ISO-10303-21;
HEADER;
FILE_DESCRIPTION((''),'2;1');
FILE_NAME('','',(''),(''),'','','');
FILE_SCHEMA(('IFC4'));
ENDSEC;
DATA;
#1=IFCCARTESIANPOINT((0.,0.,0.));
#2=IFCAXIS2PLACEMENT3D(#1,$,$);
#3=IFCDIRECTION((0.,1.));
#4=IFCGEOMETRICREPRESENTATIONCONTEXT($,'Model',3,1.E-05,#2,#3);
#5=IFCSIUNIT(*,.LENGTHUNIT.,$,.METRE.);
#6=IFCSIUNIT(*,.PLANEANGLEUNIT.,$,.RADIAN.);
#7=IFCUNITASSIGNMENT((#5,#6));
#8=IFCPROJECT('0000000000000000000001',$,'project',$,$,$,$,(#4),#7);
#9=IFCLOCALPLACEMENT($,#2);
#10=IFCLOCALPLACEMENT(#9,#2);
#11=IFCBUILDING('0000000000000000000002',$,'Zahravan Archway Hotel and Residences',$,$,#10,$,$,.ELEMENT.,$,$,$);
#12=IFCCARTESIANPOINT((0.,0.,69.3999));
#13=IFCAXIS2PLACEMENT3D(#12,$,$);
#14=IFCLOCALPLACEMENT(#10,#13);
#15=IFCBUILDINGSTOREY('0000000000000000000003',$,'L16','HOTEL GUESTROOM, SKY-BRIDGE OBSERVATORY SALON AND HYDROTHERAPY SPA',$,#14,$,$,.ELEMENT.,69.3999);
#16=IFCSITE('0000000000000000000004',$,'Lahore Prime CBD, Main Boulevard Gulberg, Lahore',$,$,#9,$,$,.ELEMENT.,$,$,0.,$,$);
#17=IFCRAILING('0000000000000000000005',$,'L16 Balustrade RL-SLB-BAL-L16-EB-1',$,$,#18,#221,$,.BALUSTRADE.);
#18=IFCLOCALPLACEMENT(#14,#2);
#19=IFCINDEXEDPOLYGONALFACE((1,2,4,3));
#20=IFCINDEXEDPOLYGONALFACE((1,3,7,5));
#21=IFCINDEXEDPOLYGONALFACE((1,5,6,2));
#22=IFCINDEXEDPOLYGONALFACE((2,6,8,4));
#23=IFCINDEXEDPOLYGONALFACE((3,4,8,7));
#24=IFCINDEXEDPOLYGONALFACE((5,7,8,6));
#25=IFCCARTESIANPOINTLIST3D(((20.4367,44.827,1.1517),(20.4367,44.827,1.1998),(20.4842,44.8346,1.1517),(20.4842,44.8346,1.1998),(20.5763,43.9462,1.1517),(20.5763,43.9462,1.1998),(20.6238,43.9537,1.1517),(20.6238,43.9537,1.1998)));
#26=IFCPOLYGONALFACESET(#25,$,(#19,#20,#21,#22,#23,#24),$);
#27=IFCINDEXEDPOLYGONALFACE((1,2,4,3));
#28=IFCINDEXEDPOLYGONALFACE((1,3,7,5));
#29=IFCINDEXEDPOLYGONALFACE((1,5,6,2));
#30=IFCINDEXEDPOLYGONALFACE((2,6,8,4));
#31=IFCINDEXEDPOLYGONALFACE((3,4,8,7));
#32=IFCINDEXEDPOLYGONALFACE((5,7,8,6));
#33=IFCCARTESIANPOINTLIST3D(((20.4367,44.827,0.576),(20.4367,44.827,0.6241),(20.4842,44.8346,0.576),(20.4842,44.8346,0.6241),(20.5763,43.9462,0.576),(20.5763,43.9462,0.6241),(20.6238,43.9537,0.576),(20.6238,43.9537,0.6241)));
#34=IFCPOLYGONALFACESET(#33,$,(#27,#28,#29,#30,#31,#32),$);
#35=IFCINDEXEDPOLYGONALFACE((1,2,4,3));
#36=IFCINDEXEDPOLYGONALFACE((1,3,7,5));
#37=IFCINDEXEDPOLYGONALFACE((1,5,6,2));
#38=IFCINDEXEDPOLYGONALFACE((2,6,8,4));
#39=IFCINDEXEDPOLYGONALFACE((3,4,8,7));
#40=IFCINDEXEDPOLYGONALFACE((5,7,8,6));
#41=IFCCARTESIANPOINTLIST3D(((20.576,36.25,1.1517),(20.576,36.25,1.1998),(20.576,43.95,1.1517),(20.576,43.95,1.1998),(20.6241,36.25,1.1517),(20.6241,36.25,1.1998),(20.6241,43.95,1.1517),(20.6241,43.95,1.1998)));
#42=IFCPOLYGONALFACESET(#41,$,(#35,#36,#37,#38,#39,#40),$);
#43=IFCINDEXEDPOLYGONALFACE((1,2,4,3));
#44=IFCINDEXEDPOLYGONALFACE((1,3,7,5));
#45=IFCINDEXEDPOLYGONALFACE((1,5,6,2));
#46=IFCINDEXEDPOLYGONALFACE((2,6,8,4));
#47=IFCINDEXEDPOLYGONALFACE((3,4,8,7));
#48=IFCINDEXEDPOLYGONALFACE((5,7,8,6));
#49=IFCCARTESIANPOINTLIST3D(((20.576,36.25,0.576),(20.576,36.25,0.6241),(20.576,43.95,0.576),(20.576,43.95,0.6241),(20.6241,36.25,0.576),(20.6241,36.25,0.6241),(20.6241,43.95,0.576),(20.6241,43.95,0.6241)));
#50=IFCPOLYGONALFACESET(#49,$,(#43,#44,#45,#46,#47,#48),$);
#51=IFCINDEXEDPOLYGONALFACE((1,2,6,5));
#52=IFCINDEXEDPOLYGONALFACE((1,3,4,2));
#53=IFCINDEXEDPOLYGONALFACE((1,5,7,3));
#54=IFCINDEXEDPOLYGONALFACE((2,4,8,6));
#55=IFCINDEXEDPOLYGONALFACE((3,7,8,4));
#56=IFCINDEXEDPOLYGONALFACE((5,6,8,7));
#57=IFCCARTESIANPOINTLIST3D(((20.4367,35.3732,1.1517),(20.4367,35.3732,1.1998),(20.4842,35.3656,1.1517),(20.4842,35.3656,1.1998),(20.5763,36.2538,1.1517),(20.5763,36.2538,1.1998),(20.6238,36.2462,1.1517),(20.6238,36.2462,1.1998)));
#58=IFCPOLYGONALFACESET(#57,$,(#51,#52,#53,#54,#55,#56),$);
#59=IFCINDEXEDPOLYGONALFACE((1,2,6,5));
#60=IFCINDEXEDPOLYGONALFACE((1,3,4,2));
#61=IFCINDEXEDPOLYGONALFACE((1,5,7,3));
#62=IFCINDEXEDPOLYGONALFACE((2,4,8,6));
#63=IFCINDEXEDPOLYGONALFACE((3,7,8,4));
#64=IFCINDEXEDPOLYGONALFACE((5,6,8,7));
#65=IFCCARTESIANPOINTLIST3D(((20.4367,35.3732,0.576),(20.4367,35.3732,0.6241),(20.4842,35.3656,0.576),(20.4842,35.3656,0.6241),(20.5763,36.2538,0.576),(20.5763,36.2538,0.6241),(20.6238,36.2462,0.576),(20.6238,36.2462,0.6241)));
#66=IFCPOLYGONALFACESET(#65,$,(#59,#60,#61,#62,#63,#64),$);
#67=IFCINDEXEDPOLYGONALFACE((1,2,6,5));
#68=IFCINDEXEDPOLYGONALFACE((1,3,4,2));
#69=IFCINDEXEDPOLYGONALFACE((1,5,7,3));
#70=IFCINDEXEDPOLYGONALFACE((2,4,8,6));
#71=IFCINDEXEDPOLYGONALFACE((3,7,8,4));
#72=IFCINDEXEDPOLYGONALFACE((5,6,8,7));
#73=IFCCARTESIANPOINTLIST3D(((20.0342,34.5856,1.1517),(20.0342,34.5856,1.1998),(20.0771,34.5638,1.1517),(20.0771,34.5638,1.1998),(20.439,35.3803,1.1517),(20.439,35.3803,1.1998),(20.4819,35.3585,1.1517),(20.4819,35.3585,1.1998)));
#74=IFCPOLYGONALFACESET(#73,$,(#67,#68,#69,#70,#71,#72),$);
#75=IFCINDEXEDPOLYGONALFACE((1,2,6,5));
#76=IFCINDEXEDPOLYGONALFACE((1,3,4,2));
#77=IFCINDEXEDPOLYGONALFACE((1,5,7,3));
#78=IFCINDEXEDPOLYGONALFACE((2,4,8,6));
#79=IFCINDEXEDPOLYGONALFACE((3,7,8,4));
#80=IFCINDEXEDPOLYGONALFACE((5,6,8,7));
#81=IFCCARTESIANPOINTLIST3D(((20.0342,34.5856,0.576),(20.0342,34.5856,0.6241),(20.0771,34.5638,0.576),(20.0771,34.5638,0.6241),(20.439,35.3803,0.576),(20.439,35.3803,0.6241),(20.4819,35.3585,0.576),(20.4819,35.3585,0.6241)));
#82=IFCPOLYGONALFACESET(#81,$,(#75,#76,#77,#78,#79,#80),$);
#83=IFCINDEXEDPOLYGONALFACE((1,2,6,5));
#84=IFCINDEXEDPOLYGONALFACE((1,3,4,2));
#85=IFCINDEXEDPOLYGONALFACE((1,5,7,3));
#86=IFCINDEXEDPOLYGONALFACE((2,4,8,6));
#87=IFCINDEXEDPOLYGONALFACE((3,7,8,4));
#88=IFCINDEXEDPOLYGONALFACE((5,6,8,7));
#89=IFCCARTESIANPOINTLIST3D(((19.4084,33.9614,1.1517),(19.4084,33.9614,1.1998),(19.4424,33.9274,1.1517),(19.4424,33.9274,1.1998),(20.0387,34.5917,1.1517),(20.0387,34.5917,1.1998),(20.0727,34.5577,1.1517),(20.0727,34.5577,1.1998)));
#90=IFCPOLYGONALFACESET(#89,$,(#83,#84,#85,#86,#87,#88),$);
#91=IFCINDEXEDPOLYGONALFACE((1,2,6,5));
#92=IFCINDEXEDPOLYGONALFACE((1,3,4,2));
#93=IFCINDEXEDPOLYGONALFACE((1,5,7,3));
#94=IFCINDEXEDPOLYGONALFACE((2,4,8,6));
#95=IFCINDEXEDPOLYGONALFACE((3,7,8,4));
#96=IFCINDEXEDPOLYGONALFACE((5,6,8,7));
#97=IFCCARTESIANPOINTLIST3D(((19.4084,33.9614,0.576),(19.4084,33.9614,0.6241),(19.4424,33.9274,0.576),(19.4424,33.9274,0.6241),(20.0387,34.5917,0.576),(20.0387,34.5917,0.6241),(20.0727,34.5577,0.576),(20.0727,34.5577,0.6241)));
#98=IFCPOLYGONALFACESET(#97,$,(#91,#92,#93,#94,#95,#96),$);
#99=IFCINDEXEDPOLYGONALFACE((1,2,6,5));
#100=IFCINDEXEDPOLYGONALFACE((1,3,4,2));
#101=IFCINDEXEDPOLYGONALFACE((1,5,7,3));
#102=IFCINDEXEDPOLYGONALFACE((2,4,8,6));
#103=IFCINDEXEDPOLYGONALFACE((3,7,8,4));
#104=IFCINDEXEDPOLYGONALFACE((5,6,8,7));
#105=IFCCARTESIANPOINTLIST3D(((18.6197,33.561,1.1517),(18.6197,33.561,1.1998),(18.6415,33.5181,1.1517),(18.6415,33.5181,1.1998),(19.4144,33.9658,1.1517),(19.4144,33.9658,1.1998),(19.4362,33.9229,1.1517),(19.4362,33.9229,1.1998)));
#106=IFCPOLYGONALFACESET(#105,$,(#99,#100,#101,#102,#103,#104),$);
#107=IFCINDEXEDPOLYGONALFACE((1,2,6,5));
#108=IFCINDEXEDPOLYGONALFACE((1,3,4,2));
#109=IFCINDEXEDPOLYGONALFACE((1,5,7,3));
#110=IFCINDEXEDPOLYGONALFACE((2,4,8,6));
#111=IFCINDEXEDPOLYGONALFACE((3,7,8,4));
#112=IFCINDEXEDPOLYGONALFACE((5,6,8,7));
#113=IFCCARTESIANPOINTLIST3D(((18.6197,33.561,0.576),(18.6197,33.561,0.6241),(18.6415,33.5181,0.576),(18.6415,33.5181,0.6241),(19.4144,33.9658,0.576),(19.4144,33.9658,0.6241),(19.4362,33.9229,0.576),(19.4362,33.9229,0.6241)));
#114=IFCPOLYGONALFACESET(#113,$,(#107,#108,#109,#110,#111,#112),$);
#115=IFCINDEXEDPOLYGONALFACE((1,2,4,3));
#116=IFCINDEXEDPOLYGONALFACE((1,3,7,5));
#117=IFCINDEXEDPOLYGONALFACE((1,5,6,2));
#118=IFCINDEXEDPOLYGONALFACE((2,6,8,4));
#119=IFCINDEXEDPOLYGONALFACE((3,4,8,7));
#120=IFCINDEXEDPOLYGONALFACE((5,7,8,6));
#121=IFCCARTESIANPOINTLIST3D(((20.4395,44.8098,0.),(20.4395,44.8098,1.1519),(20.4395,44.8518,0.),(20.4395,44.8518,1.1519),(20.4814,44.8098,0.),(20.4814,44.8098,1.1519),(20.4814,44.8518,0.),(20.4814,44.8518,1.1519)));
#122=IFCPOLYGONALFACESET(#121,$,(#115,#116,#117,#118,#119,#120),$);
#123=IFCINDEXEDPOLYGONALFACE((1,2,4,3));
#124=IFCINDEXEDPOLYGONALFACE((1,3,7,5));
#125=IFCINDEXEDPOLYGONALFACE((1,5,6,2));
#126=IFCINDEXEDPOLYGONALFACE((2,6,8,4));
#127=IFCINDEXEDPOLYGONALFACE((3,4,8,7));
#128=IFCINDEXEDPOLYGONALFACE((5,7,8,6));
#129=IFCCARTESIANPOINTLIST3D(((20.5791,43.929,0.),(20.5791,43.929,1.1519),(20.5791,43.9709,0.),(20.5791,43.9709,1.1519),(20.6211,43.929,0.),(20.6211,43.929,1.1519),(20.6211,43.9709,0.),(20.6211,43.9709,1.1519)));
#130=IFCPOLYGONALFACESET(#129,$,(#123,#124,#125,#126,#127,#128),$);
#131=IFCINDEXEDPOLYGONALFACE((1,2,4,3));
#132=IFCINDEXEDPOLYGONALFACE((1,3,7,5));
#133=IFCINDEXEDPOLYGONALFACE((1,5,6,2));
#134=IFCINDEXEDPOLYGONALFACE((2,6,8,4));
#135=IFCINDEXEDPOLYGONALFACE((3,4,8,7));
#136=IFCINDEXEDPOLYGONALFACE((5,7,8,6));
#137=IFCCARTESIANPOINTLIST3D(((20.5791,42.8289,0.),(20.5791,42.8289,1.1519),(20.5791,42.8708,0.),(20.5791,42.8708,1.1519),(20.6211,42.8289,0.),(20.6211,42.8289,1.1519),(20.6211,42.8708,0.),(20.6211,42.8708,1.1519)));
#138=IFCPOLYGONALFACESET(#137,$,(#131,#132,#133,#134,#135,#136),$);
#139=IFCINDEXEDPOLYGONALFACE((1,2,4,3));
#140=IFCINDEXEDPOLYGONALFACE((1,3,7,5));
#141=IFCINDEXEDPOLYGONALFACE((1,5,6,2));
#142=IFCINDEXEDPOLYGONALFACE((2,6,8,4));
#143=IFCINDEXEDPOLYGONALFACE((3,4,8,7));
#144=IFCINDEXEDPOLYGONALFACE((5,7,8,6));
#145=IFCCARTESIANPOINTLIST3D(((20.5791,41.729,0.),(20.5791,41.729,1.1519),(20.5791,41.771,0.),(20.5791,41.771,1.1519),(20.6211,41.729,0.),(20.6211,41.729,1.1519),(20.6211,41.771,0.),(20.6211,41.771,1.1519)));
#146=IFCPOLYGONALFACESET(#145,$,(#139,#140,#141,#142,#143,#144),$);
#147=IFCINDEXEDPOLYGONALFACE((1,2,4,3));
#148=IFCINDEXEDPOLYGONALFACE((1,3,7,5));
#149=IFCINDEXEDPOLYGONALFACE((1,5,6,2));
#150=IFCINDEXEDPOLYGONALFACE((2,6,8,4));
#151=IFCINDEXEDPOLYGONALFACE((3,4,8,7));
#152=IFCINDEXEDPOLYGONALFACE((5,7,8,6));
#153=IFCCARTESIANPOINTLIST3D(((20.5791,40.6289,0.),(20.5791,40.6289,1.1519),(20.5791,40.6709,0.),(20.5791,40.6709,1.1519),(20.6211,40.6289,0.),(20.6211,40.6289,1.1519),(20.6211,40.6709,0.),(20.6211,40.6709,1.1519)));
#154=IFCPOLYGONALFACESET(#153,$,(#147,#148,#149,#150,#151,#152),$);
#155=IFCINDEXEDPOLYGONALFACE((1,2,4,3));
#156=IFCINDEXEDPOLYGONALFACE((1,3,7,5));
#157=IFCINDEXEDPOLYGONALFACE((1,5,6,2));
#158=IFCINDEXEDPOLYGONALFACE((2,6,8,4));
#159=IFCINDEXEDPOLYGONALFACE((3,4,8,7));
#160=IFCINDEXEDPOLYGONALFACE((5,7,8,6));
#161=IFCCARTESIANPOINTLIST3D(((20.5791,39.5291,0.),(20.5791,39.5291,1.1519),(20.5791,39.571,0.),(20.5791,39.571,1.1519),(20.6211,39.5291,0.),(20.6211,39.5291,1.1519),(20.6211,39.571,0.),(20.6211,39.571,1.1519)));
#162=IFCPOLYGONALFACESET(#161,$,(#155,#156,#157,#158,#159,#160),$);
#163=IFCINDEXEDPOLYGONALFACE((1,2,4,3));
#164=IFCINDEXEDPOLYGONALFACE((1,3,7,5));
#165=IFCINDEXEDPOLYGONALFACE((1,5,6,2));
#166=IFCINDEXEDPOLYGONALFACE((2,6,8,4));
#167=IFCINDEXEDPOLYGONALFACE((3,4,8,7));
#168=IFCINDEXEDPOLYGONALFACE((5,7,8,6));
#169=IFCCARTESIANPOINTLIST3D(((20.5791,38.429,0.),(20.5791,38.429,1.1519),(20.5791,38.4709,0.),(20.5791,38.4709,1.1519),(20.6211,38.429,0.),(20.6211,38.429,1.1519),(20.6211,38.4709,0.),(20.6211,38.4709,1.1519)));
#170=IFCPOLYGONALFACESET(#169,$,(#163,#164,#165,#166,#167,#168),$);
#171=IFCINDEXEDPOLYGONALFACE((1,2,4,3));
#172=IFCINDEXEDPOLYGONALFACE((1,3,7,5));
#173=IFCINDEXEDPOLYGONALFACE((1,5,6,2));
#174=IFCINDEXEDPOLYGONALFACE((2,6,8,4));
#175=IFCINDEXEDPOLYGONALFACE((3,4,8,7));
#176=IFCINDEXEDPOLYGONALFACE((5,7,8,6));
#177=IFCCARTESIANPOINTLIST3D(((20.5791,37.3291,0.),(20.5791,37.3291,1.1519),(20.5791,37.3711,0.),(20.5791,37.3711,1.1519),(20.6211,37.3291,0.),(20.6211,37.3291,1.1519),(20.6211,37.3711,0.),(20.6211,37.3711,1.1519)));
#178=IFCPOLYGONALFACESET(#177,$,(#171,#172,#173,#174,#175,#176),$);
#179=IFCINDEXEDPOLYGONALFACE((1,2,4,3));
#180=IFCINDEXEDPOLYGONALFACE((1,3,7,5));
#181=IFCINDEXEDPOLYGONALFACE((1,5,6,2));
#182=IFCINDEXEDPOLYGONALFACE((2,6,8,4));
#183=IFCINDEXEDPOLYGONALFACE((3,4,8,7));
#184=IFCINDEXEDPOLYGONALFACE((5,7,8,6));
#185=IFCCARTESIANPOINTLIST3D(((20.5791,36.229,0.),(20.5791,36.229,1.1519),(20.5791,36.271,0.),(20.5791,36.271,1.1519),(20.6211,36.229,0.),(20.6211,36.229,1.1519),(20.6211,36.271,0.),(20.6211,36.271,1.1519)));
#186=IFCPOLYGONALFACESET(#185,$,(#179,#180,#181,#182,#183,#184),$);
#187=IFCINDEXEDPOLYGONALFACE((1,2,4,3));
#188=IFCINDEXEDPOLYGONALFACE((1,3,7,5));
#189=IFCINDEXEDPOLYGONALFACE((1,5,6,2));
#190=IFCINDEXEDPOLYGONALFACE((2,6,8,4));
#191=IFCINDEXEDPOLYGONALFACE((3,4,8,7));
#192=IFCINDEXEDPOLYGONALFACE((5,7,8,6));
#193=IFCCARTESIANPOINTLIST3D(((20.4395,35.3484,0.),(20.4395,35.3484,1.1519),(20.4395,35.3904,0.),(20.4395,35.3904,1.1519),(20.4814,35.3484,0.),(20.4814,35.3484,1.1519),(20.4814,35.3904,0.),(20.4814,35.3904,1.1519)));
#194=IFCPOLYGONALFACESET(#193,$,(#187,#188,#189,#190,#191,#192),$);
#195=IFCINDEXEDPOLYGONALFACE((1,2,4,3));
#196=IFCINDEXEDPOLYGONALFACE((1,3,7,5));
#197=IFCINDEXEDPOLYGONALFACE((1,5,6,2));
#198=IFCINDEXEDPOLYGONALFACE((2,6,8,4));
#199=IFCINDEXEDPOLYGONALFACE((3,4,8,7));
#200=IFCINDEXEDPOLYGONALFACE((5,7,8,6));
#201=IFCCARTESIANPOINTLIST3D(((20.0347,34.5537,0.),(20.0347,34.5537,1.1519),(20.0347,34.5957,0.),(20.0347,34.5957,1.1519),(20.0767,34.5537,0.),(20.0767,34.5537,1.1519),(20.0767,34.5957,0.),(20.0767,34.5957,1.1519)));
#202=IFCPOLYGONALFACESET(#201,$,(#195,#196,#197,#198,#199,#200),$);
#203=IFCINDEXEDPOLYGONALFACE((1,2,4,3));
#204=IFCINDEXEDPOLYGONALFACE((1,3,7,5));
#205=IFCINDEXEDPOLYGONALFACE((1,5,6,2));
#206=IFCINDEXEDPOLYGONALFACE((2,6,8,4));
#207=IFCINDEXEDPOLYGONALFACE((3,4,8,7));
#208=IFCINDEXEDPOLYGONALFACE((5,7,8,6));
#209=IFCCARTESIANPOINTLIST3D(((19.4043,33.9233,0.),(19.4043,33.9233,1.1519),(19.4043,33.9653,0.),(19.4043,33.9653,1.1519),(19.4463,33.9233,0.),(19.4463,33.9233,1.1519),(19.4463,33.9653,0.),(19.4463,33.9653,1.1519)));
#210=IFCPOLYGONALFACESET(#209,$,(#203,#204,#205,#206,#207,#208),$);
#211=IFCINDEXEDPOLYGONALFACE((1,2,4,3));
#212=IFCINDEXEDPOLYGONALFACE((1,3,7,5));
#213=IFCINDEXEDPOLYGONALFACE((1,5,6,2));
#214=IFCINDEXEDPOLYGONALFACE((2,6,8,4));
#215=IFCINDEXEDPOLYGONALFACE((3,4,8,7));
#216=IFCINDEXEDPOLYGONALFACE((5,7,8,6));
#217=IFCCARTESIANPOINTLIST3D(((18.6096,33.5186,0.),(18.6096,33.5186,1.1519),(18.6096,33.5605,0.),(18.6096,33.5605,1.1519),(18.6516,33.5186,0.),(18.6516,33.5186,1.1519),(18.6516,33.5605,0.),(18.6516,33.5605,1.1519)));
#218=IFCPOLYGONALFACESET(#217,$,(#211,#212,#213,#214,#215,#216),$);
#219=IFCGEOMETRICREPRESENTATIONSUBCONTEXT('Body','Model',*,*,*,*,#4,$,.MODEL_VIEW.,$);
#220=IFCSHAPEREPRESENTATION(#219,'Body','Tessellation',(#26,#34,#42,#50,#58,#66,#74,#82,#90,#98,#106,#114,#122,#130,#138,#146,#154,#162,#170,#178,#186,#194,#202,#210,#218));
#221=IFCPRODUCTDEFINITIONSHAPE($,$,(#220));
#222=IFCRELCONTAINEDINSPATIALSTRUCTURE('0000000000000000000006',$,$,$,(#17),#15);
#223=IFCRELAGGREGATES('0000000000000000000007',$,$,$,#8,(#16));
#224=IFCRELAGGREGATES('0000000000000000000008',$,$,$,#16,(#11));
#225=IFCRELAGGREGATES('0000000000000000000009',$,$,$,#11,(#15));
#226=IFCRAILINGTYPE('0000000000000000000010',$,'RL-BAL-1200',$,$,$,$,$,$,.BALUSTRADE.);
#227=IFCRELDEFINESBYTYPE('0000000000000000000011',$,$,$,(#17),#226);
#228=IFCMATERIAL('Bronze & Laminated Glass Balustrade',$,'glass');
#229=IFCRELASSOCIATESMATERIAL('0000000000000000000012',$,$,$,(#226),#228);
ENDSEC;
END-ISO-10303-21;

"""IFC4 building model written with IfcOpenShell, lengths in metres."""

from ifc_helpers import new_model, si_unit, direction, frame, origin, origin_2d, place, context, subcontext, project, spatial, rectangle, extrude, material, type_object, element, save


model = new_model("IFC4")

# Units and contexts
model_context = context("Model", 3, precision=1e-05, world=origin(), true_north=direction((0.0, 1.0)))
body_context = subcontext(model_context, "Body", "Model", "MODEL_VIEW")
ifc_project = project(units=[si_unit("LENGTHUNIT", "METRE"), si_unit("PLANEANGLEUNIT", "RADIAN")], contexts=[model_context])

# Site, building, storey
site_placement = place(None, origin())
site = spatial("IfcSite", under=ifc_project, at=site_placement, Name="Lahore Prime CBD, Main Boulevard Gulberg, Lahore", CompositionType="ELEMENT", RefElevation=0.0)
building_placement = place(site_placement, origin())
building = spatial("IfcBuilding", under=site, at=building_placement, Name="Zahravan Archway Hotel and Residences", CompositionType="ELEMENT")
storey_placement = place(building_placement, frame((0.0, 0.0, 69.3999)))
storey = spatial("IfcBuildingStorey", under=building, at=storey_placement, Name="L16", Description="HOTEL GUESTROOM, SKY-BRIDGE OBSERVATORY SALON AND HYDROTHERAPY SPA", CompositionType="ELEMENT", Elevation=69.3999)

# Railing
ifc_material_1 = material(Name="Bronze & Laminated Glass Balustrade", Category="glass")
railing_type = type_object("IfcRailingType", Name="RL-BAL-1200", PredefinedType="BALUSTRADE", material=ifc_material_1)
railing_placement = place(storey_placement, frame((20.4604, 44.8308, 0.0)))
element("IfcRailing", 1, at=railing_placement, inside=storey, type_object=railing_type, Name="L16 Balustrade RL-SLB-BAL-L16-EB-1", PredefinedType="BALUSTRADE", context=body_context, shape_type="SweptSolid", body=[
    extrude(rectangle(XDim=0.0481, YDim=0.0481, at=origin_2d()), frame((0.0, 0.0, 1.1758), z_axis=(0.156581, -0.987665, 0.0), x_axis=(0.987665, 0.156581, 0.0)), (0.0, 0.0, 1.0), 0.8918),
    extrude(rectangle(XDim=0.0481, YDim=0.0481, at=origin_2d()), frame((0.0, 0.0, 0.6001), z_axis=(0.156581, -0.987665, 0.0), x_axis=(0.987665, 0.156581, 0.0)), (0.0, 0.0, 1.0), 0.8918),
    extrude(rectangle(XDim=0.0481, YDim=0.0481, at=origin_2d()), frame((0.1396, -0.8809, 1.1758), z_axis=(0.0, -1.0, 0.0), x_axis=(1.0, 0.0, 0.0)), (0.0, 0.0, 1.0), 7.7),
    extrude(rectangle(XDim=0.0481, YDim=0.0481, at=origin_2d()), frame((0.1396, -0.8809, 0.6001), z_axis=(0.0, -1.0, 0.0), x_axis=(1.0, 0.0, 0.0)), (0.0, 0.0, 1.0), 7.7),
    extrude(rectangle(XDim=0.0481, YDim=0.0481, at=origin_2d()), frame((0.1396, -8.5808, 1.1758), z_axis=(-0.156623, -0.987658, 0.0), x_axis=(0.987658, -0.156623, 0.0)), (0.0, 0.0, 1.0), 0.8916),
    extrude(rectangle(XDim=0.0481, YDim=0.0481, at=origin_2d()), frame((0.1396, -8.5808, 0.6001), z_axis=(-0.156623, -0.987658, 0.0), x_axis=(0.987658, -0.156623, 0.0)), (0.0, 0.0, 1.0), 0.8916),
    extrude(rectangle(XDim=0.0481, YDim=0.0481, at=origin_2d()), frame((0.0, -9.4614, 1.1758), z_axis=(-0.453881, -0.891062, 0.0), x_axis=(0.891062, -0.453881, 0.0)), (0.0, 0.0, 1.0), 0.8918),
    extrude(rectangle(XDim=0.0481, YDim=0.0481, at=origin_2d()), frame((0.0, -9.4614, 0.6001), z_axis=(-0.453881, -0.891062, 0.0), x_axis=(0.891062, -0.453881, 0.0)), (0.0, 0.0, 1.0), 0.8918),
    extrude(rectangle(XDim=0.0481, YDim=0.0481, at=origin_2d()), frame((-0.4048, -10.2561, 1.1758), z_axis=(-0.707107, -0.707107, 0.0), x_axis=(0.707107, -0.707107, 0.0)), (0.0, 0.0, 1.0), 0.8914),
    extrude(rectangle(XDim=0.0481, YDim=0.0481, at=origin_2d()), frame((-0.4048, -10.2561, 0.6001), z_axis=(-0.707107, -0.707107, 0.0), x_axis=(0.707107, -0.707107, 0.0)), (0.0, 0.0, 1.0), 0.8914),
    extrude(rectangle(XDim=0.0481, YDim=0.0481, at=origin_2d()), frame((-1.0352, -10.8865, 1.1758), z_axis=(-0.891062, -0.453881, 0.0), x_axis=(0.453881, -0.891062, 0.0)), (0.0, 0.0, 1.0), 0.8918),
    extrude(rectangle(XDim=0.0481, YDim=0.0481, at=origin_2d()), frame((-1.0352, -10.8865, 0.6001), z_axis=(-0.891062, -0.453881, 0.0), x_axis=(0.453881, -0.891062, 0.0)), (0.0, 0.0, 1.0), 0.8918),
    extrude(rectangle(XDim=0.042, YDim=0.042, at=origin_2d()), origin(), (0.0, 0.0, 1.0), 1.1519),
    extrude(rectangle(XDim=0.042, YDim=0.042, at=origin_2d()), frame((0.1396, -0.8809, 0.0)), (0.0, 0.0, 1.0), 1.1519),
    extrude(rectangle(XDim=0.042, YDim=0.042, at=origin_2d()), frame((0.1396, -1.981, 0.0)), (0.0, 0.0, 1.0), 1.1519),
    extrude(rectangle(XDim=0.042, YDim=0.042, at=origin_2d()), frame((0.1396, -3.0808, 0.0)), (0.0, 0.0, 1.0), 1.1519),
    extrude(rectangle(XDim=0.042, YDim=0.042, at=origin_2d()), frame((0.1396, -4.1809, 0.0)), (0.0, 0.0, 1.0), 1.1519),
    extrude(rectangle(XDim=0.042, YDim=0.042, at=origin_2d()), frame((0.1396, -5.2808, 0.0)), (0.0, 0.0, 1.0), 1.1519),
    extrude(rectangle(XDim=0.042, YDim=0.042, at=origin_2d()), frame((0.1396, -6.3809, 0.0)), (0.0, 0.0, 1.0), 1.1519),
    extrude(rectangle(XDim=0.042, YDim=0.042, at=origin_2d()), frame((0.1396, -7.4807, 0.0)), (0.0, 0.0, 1.0), 1.1519),
    extrude(rectangle(XDim=0.042, YDim=0.042, at=origin_2d()), frame((0.1396, -8.5808, 0.0)), (0.0, 0.0, 1.0), 1.1519),
    extrude(rectangle(XDim=0.042, YDim=0.042, at=origin_2d()), frame((0.0, -9.4614, 0.0)), (0.0, 0.0, 1.0), 1.1519),
    extrude(rectangle(XDim=0.042, YDim=0.042, at=origin_2d()), frame((-0.4048, -10.2561, 0.0)), (0.0, 0.0, 1.0), 1.1519),
    extrude(rectangle(XDim=0.042, YDim=0.042, at=origin_2d()), frame((-1.0352, -10.8865, 0.0)), (0.0, 0.0, 1.0), 1.1519),
    extrude(rectangle(XDim=0.042, YDim=0.042, at=origin_2d()), frame((-1.8298, -11.2913, 0.0)), (0.0, 0.0, 1.0), 1.1519),
])

save(model, "model.ifc")
